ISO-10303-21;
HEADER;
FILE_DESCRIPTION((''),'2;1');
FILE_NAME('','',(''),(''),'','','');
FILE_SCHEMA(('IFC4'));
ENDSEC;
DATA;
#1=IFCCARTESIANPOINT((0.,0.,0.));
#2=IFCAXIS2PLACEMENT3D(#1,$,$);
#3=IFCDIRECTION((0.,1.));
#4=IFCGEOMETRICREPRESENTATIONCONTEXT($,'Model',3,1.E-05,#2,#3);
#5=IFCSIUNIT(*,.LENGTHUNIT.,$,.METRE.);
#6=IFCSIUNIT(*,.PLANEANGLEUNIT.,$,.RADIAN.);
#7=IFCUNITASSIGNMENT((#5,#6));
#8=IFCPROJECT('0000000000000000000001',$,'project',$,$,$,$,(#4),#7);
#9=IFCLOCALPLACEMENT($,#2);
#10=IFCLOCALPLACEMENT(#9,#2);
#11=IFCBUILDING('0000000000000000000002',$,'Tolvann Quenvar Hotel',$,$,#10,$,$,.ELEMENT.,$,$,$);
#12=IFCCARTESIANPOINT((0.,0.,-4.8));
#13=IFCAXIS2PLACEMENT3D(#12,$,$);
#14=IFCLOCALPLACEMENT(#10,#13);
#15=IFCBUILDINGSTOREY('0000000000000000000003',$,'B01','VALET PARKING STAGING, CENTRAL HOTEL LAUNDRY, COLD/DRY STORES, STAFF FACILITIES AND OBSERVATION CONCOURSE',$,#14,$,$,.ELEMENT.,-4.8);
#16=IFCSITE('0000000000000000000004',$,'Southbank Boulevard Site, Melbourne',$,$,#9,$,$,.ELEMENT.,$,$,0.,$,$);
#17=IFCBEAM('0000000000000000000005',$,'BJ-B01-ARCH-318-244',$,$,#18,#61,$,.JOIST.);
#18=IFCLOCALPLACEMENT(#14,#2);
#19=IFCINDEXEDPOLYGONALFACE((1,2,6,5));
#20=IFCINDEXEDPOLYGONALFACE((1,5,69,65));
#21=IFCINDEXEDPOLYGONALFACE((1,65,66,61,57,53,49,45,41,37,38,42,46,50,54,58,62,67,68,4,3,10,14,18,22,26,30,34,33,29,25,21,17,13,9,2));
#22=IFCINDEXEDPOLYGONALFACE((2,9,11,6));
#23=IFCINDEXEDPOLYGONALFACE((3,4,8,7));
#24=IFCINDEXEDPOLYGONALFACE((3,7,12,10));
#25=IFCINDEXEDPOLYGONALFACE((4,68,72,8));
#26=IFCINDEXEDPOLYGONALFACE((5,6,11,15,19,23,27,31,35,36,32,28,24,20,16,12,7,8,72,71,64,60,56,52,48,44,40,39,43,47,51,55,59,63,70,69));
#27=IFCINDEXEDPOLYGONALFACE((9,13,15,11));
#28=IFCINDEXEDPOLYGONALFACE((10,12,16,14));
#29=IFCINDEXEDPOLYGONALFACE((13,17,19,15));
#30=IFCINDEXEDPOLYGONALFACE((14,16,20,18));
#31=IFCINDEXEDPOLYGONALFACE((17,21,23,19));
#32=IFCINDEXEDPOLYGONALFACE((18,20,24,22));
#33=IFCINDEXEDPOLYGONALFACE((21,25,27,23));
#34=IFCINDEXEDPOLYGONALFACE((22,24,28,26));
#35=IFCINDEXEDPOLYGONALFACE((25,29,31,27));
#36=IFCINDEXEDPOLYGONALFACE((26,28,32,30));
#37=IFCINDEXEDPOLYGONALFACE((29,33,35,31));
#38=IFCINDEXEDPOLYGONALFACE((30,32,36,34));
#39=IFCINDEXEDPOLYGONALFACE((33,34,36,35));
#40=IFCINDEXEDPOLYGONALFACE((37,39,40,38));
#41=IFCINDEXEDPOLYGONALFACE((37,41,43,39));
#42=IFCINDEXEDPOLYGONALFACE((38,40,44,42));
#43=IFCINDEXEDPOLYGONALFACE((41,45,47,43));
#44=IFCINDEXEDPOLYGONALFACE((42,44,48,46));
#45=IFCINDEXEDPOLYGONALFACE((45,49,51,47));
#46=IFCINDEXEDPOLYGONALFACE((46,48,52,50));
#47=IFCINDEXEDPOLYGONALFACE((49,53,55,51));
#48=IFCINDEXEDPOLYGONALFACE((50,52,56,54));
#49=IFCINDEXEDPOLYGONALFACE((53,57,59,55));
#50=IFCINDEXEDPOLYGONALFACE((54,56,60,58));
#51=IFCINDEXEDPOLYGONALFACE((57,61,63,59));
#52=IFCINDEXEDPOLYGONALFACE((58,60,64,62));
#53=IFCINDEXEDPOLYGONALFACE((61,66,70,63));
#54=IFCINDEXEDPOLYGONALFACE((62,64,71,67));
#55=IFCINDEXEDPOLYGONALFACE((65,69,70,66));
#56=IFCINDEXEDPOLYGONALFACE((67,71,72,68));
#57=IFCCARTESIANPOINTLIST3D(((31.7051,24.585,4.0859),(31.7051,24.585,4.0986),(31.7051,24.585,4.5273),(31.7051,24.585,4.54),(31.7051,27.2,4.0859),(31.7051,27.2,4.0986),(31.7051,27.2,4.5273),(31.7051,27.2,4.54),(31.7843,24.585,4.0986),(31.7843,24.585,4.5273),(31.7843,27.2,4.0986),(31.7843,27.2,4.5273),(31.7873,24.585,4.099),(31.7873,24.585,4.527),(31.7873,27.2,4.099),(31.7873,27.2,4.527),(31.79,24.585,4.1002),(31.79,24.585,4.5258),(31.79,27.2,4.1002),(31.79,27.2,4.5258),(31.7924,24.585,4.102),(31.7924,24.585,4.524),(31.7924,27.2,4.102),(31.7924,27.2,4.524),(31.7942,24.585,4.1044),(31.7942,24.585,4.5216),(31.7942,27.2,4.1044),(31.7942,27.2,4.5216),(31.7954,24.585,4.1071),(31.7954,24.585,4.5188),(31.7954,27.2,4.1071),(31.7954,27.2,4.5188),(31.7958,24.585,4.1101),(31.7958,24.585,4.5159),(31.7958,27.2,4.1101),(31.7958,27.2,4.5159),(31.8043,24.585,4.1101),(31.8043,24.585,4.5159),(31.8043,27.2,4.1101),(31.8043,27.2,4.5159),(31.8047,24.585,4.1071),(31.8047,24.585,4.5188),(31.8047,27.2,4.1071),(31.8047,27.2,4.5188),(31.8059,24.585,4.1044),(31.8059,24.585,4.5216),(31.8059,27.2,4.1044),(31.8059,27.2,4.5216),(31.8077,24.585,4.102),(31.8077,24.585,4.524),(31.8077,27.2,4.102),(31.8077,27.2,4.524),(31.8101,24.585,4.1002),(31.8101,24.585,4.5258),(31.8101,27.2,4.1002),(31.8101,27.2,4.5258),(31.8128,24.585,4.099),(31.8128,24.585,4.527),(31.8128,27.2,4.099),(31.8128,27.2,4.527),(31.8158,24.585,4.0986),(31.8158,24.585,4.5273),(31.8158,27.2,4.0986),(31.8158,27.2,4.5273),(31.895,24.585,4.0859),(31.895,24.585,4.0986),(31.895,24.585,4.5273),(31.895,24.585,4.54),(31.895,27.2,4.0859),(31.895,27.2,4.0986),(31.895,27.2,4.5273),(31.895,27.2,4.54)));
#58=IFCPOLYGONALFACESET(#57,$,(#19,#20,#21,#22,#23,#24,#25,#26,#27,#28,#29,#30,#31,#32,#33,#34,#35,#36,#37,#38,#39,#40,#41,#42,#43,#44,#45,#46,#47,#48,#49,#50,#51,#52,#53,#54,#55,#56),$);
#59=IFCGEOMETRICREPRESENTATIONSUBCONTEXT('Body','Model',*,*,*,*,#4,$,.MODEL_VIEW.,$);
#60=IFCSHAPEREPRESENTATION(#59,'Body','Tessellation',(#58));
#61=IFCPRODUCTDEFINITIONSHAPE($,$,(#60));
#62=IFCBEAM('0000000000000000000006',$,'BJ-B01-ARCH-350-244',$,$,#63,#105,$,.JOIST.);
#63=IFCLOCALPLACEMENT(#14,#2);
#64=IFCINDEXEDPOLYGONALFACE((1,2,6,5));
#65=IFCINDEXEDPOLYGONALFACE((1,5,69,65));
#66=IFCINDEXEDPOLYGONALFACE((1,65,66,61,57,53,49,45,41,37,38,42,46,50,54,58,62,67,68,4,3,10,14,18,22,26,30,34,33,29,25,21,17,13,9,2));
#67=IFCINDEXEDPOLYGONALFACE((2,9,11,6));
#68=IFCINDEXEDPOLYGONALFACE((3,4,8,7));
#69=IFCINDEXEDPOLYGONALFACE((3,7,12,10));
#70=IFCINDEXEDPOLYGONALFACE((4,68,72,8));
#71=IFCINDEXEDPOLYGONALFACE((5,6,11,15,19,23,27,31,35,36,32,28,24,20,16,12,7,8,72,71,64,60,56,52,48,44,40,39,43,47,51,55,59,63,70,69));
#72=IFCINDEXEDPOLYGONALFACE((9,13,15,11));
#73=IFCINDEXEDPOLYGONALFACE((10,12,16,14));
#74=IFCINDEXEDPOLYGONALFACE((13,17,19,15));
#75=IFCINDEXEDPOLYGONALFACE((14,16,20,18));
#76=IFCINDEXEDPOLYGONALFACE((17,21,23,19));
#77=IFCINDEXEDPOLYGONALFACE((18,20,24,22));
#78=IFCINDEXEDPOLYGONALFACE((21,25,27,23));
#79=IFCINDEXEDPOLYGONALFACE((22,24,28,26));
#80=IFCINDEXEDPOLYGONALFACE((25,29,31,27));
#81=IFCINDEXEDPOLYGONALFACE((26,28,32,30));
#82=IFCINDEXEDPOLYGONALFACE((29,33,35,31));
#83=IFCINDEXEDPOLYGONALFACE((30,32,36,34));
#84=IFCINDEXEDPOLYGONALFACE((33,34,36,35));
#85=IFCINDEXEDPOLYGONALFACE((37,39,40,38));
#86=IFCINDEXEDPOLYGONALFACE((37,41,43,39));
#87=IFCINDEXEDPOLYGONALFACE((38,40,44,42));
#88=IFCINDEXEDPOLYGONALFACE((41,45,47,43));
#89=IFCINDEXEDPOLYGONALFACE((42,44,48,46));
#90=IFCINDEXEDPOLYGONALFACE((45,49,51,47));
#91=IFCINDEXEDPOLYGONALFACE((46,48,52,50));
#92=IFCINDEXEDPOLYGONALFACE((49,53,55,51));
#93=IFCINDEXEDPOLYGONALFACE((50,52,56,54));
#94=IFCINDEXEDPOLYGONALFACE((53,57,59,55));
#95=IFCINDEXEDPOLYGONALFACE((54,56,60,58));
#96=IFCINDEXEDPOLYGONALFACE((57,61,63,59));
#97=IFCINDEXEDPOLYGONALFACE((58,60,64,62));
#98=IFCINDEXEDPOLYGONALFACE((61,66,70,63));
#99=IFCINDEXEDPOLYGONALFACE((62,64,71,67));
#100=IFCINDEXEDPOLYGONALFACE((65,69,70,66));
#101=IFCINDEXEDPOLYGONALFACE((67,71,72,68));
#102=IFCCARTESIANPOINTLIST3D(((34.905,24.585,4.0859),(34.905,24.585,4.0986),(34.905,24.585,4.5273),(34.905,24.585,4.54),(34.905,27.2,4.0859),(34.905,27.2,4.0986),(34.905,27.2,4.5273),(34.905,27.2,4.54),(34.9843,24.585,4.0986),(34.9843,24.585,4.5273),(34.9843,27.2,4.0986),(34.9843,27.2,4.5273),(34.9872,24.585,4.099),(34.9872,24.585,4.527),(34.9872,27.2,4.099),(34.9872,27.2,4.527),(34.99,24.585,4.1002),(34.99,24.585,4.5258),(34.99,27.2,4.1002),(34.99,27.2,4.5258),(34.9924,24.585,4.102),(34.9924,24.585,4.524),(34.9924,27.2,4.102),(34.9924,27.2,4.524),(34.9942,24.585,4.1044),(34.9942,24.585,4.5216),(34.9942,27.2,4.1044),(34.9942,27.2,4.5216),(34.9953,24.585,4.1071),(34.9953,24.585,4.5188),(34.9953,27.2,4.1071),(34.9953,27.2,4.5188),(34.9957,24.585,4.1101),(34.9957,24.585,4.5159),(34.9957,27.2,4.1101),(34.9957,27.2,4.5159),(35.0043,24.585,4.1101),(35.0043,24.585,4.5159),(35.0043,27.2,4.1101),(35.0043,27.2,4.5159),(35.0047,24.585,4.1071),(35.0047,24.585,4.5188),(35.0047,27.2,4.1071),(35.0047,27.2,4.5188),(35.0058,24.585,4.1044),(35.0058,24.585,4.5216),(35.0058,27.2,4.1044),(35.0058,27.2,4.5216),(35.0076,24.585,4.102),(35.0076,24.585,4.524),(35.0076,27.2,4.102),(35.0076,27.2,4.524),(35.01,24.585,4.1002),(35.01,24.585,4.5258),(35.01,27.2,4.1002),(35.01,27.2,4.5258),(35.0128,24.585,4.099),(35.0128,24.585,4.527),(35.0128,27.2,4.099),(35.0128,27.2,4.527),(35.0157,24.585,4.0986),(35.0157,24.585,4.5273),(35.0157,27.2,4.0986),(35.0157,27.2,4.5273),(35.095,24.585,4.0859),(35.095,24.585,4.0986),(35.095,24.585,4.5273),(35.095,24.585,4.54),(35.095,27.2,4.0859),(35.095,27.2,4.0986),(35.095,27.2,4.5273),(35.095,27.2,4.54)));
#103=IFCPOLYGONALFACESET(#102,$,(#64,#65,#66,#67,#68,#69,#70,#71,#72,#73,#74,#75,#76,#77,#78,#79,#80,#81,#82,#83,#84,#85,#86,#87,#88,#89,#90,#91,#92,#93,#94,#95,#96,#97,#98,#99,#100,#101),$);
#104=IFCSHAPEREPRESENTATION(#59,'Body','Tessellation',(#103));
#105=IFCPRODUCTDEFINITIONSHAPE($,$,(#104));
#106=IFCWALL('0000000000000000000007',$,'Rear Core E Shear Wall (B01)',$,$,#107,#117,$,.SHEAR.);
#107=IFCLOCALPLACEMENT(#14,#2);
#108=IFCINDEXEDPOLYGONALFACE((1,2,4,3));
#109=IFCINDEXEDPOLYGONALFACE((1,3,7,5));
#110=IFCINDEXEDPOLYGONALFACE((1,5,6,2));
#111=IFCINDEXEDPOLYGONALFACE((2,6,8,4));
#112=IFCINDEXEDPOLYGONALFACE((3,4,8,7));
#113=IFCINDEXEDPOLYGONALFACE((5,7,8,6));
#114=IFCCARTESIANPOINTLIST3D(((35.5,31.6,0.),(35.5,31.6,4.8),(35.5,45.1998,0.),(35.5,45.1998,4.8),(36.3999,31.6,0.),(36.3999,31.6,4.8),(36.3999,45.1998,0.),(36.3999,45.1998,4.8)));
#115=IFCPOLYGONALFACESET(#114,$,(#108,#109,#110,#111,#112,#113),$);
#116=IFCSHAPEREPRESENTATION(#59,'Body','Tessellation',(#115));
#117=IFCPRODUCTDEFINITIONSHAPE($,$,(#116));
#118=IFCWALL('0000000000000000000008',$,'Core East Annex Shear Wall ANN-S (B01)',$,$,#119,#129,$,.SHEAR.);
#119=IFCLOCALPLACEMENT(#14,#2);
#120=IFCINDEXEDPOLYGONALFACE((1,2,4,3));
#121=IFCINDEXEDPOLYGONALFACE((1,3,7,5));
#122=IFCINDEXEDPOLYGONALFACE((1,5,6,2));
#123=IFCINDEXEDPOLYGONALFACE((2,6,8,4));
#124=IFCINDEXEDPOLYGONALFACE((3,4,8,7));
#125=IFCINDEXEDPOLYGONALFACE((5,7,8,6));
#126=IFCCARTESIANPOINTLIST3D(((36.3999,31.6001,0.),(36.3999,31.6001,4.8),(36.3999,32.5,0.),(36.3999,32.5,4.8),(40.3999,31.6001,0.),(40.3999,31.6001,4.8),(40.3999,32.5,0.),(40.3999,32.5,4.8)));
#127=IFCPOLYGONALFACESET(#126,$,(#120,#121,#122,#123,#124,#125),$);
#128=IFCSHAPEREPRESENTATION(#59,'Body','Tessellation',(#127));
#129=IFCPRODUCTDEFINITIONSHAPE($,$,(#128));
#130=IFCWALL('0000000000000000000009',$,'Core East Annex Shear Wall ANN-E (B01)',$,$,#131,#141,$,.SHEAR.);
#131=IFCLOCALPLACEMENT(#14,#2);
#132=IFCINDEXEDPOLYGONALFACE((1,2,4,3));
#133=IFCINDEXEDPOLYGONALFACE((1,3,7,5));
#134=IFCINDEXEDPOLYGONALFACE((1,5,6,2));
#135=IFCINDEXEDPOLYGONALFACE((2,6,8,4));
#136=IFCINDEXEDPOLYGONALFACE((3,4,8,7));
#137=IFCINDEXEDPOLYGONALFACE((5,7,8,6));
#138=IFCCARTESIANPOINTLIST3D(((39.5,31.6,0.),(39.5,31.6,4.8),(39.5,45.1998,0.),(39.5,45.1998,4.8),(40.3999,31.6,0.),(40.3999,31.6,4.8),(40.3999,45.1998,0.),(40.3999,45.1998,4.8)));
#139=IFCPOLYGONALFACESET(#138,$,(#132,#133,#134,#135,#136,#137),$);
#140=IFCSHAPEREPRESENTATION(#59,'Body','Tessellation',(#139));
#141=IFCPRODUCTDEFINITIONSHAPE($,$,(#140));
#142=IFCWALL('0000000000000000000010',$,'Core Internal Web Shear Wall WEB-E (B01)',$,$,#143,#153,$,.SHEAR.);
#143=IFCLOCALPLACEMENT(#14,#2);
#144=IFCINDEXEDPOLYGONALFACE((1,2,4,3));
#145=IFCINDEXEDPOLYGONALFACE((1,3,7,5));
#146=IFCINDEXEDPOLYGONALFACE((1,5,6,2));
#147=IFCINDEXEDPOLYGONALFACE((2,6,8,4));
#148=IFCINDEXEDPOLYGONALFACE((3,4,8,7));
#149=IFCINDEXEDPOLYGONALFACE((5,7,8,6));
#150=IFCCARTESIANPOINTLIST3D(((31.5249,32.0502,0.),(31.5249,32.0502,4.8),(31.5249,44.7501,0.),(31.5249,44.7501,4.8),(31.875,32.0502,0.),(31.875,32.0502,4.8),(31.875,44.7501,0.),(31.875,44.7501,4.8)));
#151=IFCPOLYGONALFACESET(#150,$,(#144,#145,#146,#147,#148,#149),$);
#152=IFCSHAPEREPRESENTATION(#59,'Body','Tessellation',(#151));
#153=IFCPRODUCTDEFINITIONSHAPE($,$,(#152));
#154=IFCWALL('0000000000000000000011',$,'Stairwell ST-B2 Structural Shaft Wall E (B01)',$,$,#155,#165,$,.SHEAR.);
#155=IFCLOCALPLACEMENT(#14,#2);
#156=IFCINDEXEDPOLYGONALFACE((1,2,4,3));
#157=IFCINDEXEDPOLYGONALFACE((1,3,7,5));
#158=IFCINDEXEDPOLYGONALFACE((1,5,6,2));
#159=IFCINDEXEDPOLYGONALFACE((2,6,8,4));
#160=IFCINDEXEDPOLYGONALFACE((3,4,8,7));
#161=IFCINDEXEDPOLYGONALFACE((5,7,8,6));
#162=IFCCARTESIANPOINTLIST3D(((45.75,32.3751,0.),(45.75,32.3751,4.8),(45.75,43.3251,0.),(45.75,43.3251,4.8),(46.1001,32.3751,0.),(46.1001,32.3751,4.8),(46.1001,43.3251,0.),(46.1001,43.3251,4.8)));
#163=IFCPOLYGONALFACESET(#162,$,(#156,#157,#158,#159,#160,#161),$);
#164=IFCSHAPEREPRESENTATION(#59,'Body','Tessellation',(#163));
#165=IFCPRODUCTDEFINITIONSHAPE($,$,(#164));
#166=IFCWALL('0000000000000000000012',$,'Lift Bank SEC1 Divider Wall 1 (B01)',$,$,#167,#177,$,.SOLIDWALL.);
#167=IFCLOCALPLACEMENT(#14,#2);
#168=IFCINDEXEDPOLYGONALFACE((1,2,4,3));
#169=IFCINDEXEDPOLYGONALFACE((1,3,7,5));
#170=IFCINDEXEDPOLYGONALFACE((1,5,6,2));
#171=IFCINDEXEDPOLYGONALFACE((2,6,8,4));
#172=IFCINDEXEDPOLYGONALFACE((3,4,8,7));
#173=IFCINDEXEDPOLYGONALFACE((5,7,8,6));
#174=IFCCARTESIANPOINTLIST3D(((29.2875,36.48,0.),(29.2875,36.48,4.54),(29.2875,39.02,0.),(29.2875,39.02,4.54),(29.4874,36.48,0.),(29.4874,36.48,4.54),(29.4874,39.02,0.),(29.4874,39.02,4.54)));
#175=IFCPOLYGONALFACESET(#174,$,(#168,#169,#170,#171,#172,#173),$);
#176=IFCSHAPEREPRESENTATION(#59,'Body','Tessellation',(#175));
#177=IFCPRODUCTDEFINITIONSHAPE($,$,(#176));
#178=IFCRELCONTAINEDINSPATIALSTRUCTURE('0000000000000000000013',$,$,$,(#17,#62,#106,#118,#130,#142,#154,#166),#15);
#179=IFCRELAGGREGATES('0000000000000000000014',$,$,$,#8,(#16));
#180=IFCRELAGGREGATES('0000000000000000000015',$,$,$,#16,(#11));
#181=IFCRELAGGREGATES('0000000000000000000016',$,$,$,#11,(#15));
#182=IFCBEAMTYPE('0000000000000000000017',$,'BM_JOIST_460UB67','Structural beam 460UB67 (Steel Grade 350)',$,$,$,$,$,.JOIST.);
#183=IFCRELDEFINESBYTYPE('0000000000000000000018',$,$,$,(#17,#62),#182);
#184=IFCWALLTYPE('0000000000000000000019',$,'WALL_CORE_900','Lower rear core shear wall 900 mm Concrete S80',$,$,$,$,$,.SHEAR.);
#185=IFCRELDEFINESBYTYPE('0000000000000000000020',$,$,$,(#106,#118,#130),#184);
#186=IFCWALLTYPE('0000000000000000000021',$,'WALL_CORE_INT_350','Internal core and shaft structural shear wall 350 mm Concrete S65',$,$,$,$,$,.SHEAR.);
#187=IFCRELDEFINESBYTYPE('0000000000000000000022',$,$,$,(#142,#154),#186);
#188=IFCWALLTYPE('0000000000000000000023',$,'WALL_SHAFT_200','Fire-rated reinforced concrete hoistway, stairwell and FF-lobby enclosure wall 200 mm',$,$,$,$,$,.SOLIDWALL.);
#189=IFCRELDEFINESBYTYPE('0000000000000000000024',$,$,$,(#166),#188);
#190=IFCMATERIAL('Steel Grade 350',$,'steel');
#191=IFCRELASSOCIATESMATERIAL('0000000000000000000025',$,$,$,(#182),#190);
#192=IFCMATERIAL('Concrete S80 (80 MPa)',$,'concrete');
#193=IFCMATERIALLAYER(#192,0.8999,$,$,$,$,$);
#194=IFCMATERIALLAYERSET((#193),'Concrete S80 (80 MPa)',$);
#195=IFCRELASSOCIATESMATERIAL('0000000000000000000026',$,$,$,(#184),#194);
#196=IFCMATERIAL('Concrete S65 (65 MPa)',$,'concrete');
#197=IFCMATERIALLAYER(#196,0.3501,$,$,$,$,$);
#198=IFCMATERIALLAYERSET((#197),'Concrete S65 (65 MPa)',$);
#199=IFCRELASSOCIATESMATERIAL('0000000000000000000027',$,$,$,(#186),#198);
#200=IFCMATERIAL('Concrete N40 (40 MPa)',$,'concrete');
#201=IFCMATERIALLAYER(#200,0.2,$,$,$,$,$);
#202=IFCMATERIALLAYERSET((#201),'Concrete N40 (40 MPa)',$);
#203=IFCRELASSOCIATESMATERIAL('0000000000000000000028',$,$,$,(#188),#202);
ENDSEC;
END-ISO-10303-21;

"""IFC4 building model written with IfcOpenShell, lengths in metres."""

from ifc_helpers import new_model, si_unit, direction, frame, frame_2d, origin, origin_2d, place, context, subcontext, project, spatial, rectangle, i_section, extrude, source, transform, mapped, material, layer, layer_set, material_profile, profile_set, type_object, type_shapes, element, save


model = new_model("IFC4")

# Units and contexts
model_context = context("Model", 3, precision=1e-05, world=origin(), true_north=direction((0.0, 1.0)))
body_context = subcontext(model_context, "Body", "Model", "MODEL_VIEW")
ifc_project = project(units=[si_unit("LENGTHUNIT", "METRE"), si_unit("PLANEANGLEUNIT", "RADIAN")], contexts=[model_context])

# Site, building, storey
site_placement = place(None, origin())
site = spatial("IfcSite", under=ifc_project, at=site_placement, Name="Southbank Boulevard Site, Melbourne", CompositionType="ELEMENT", RefElevation=0.0)
building_placement = place(site_placement, origin())
building = spatial("IfcBuilding", under=site, at=building_placement, Name="Tolvann Quenvar Hotel", CompositionType="ELEMENT")
storey_placement = place(building_placement, frame((0.0, 0.0, -4.8)))
storey = spatial("IfcBuildingStorey", under=building, at=storey_placement, Name="B01", Description="VALET PARKING STAGING, CENTRAL HOTEL LAUNDRY, COLD/DRY STORES, STAFF FACILITIES AND OBSERVATION CONCOURSE", CompositionType="ELEMENT", Elevation=-4.8)

# Shared definitions
ifc_material_1 = material(Name="Concrete S80 (80 MPa)", Category="concrete")

# Beams
ifc_material_2 = material(Name="Steel Grade 350", Category="steel")
ifc_material_profile_1 = material_profile(ifc_material_2, i_section(OverallWidth=0.1899, OverallDepth=0.4541, WebThickness=0.0085, FlangeThickness=0.0127, FilletRadius=0.0115, at=origin_2d()), Name="460UB67")
ifc_profile_set_1 = profile_set([ifc_material_profile_1], Name="Steel Grade 350")
beam_type_1 = type_object("IfcBeamType", Name="BM_JOIST_460UB67", Description="Structural beam 460UB67 (Steel Grade 350)", PredefinedType="JOIST", material=ifc_profile_set_1)
shared_shape_1 = source(origin(), body_context, "Body", "SweptSolid", [
    extrude(i_section(OverallWidth=0.1899, OverallDepth=0.4541, WebThickness=0.0085, FlangeThickness=0.0127, FilletRadius=0.0115, at=origin_2d()), origin(), (0.0, 0.0, 1.0), 2.615),
])
type_shapes(beam_type_1, [shared_shape_1])
for number, where, z_axis, x_axis, name in (
    (1, (31.8, 24.585, 4.313), (0.0, 1.0, 0.0), (-1.0, 0.0, 0.0), "BJ-B01-ARCH-318-244"),
    (2, (35.0, 24.585, 4.313), (0.0, 1.0, 0.0), (-1.0, 0.0, 0.0), "BJ-B01-ARCH-350-244"),
):
    element("IfcBeam", number, at=place(storey_placement, frame(where, z_axis=z_axis, x_axis=x_axis)), inside=storey, type_object=beam_type_1, Name=name, PredefinedType="JOIST", context=body_context, shape_type="MappedRepresentation", body=[
        mapped(shared_shape_1, transform((0.0, 0.0, 0.0), x_axis=(1.0, 0.0, 0.0), y_axis=(0.0, 1.0, 0.0), z_axis=(0.0, 0.0, 1.0), scale=1.0)),
    ])

# Walls
ifc_layer_1 = layer(ifc_material_1, 0.8999)
ifc_layer_set_1 = layer_set([ifc_layer_1], Name="Concrete S80 (80 MPa)")
wall_type_1 = type_object("IfcWallType", Name="WALL_CORE_900", Description="Lower rear core shear wall 900 mm Concrete S80", PredefinedType="SHEAR", material=ifc_layer_set_1)
wall_1_placement = place(storey_placement, frame((35.95, 31.6001, 0.0), z_axis=(0.0, 0.0, 1.0), x_axis=(0.0, 1.0, 0.0)))
element("IfcWall", 3, at=wall_1_placement, inside=storey, type_object=wall_type_1, Name="Rear Core E Shear Wall (B01)", PredefinedType="SHEAR", context=body_context, shape_type="SweptSolid", body=[
    extrude(rectangle(XDim=13.5999, YDim=0.8999, at=frame_2d((6.7998, 0.0))), origin(), (0.0, 0.0, 1.0), 4.8),
])
wall_2_placement = place(storey_placement, frame((36.3999, 32.05, 0.0), z_axis=(0.0, 0.0, 1.0), x_axis=(1.0, 0.0, 0.0)))
element("IfcWall", 4, at=wall_2_placement, inside=storey, type_object=wall_type_1, Name="Core East Annex Shear Wall ANN-S (B01)", PredefinedType="SHEAR", context=body_context, shape_type="SweptSolid", body=[
    extrude(rectangle(XDim=4.0, YDim=0.8999, at=frame_2d((2.0, 0.0))), origin(), (0.0, 0.0, 1.0), 4.8),
])
wall_3_placement = place(storey_placement, frame((39.95, 31.6001, 0.0), z_axis=(0.0, 0.0, 1.0), x_axis=(0.0, 1.0, 0.0)))
element("IfcWall", 5, at=wall_3_placement, inside=storey, type_object=wall_type_1, Name="Core East Annex Shear Wall ANN-E (B01)", PredefinedType="SHEAR", context=body_context, shape_type="SweptSolid", body=[
    extrude(rectangle(XDim=13.5999, YDim=0.8999, at=frame_2d((6.7998, 0.0))), origin(), (0.0, 0.0, 1.0), 4.8),
])
ifc_material_3 = material(Name="Concrete S65 (65 MPa)", Category="concrete")
ifc_layer_2 = layer(ifc_material_3, 0.3501)
ifc_layer_set_2 = layer_set([ifc_layer_2], Name="Concrete S65 (65 MPa)")
wall_type_2 = type_object("IfcWallType", Name="WALL_CORE_INT_350", Description="Internal core and shaft structural shear wall 350 mm Concrete S65", PredefinedType="SHEAR", material=ifc_layer_set_2)
wall_4_placement = place(storey_placement, frame((31.7, 32.05, 0.0), z_axis=(0.0, 0.0, 1.0), x_axis=(0.0, 1.0, 0.0)))
element("IfcWall", 6, at=wall_4_placement, inside=storey, type_object=wall_type_2, Name="Core Internal Web Shear Wall WEB-E (B01)", PredefinedType="SHEAR", context=body_context, shape_type="SweptSolid", body=[
    extrude(rectangle(XDim=12.7, YDim=0.3501, at=frame_2d((6.3501, 0.0))), origin(), (0.0, 0.0, 1.0), 4.8),
])

# Walls
wall_5_placement = place(storey_placement, frame((45.925, 32.375, 0.0), z_axis=(0.0, 0.0, 1.0), x_axis=(0.0, 1.0, 0.0)))
element("IfcWall", 7, at=wall_5_placement, inside=storey, type_object=wall_type_2, Name="Stairwell ST-B2 Structural Shaft Wall E (B01)", PredefinedType="SHEAR", context=body_context, shape_type="SweptSolid", body=[
    extrude(rectangle(XDim=10.95, YDim=0.3501, at=frame_2d((5.4751, 0.0))), origin(), (0.0, 0.0, 1.0), 4.8),
])
ifc_material_4 = material(Name="Concrete N40 (40 MPa)", Category="concrete")
ifc_layer_3 = layer(ifc_material_4, 0.2)
ifc_layer_set_3 = layer_set([ifc_layer_3], Name="Concrete N40 (40 MPa)")
wall_type_3 = type_object("IfcWallType", Name="WALL_SHAFT_200", Description="Fire-rated reinforced concrete hoistway, stairwell and FF-lobby enclosure wall 200 mm", PredefinedType="SOLIDWALL", material=ifc_layer_set_3)
wall_6_placement = place(storey_placement, frame((29.3875, 36.48, 0.0), z_axis=(0.0, 0.0, 1.0), x_axis=(0.0, 1.0, 0.0)))
element("IfcWall", 8, at=wall_6_placement, inside=storey, type_object=wall_type_3, Name="Lift Bank SEC1 Divider Wall 1 (B01)", PredefinedType="SOLIDWALL", context=body_context, shape_type="SweptSolid", body=[
    extrude(rectangle(XDim=2.54, YDim=0.2, at=frame_2d((1.27, 0.0))), origin(), (0.0, 0.0, 1.0), 4.54),
])

save(model, "model.ifc")
